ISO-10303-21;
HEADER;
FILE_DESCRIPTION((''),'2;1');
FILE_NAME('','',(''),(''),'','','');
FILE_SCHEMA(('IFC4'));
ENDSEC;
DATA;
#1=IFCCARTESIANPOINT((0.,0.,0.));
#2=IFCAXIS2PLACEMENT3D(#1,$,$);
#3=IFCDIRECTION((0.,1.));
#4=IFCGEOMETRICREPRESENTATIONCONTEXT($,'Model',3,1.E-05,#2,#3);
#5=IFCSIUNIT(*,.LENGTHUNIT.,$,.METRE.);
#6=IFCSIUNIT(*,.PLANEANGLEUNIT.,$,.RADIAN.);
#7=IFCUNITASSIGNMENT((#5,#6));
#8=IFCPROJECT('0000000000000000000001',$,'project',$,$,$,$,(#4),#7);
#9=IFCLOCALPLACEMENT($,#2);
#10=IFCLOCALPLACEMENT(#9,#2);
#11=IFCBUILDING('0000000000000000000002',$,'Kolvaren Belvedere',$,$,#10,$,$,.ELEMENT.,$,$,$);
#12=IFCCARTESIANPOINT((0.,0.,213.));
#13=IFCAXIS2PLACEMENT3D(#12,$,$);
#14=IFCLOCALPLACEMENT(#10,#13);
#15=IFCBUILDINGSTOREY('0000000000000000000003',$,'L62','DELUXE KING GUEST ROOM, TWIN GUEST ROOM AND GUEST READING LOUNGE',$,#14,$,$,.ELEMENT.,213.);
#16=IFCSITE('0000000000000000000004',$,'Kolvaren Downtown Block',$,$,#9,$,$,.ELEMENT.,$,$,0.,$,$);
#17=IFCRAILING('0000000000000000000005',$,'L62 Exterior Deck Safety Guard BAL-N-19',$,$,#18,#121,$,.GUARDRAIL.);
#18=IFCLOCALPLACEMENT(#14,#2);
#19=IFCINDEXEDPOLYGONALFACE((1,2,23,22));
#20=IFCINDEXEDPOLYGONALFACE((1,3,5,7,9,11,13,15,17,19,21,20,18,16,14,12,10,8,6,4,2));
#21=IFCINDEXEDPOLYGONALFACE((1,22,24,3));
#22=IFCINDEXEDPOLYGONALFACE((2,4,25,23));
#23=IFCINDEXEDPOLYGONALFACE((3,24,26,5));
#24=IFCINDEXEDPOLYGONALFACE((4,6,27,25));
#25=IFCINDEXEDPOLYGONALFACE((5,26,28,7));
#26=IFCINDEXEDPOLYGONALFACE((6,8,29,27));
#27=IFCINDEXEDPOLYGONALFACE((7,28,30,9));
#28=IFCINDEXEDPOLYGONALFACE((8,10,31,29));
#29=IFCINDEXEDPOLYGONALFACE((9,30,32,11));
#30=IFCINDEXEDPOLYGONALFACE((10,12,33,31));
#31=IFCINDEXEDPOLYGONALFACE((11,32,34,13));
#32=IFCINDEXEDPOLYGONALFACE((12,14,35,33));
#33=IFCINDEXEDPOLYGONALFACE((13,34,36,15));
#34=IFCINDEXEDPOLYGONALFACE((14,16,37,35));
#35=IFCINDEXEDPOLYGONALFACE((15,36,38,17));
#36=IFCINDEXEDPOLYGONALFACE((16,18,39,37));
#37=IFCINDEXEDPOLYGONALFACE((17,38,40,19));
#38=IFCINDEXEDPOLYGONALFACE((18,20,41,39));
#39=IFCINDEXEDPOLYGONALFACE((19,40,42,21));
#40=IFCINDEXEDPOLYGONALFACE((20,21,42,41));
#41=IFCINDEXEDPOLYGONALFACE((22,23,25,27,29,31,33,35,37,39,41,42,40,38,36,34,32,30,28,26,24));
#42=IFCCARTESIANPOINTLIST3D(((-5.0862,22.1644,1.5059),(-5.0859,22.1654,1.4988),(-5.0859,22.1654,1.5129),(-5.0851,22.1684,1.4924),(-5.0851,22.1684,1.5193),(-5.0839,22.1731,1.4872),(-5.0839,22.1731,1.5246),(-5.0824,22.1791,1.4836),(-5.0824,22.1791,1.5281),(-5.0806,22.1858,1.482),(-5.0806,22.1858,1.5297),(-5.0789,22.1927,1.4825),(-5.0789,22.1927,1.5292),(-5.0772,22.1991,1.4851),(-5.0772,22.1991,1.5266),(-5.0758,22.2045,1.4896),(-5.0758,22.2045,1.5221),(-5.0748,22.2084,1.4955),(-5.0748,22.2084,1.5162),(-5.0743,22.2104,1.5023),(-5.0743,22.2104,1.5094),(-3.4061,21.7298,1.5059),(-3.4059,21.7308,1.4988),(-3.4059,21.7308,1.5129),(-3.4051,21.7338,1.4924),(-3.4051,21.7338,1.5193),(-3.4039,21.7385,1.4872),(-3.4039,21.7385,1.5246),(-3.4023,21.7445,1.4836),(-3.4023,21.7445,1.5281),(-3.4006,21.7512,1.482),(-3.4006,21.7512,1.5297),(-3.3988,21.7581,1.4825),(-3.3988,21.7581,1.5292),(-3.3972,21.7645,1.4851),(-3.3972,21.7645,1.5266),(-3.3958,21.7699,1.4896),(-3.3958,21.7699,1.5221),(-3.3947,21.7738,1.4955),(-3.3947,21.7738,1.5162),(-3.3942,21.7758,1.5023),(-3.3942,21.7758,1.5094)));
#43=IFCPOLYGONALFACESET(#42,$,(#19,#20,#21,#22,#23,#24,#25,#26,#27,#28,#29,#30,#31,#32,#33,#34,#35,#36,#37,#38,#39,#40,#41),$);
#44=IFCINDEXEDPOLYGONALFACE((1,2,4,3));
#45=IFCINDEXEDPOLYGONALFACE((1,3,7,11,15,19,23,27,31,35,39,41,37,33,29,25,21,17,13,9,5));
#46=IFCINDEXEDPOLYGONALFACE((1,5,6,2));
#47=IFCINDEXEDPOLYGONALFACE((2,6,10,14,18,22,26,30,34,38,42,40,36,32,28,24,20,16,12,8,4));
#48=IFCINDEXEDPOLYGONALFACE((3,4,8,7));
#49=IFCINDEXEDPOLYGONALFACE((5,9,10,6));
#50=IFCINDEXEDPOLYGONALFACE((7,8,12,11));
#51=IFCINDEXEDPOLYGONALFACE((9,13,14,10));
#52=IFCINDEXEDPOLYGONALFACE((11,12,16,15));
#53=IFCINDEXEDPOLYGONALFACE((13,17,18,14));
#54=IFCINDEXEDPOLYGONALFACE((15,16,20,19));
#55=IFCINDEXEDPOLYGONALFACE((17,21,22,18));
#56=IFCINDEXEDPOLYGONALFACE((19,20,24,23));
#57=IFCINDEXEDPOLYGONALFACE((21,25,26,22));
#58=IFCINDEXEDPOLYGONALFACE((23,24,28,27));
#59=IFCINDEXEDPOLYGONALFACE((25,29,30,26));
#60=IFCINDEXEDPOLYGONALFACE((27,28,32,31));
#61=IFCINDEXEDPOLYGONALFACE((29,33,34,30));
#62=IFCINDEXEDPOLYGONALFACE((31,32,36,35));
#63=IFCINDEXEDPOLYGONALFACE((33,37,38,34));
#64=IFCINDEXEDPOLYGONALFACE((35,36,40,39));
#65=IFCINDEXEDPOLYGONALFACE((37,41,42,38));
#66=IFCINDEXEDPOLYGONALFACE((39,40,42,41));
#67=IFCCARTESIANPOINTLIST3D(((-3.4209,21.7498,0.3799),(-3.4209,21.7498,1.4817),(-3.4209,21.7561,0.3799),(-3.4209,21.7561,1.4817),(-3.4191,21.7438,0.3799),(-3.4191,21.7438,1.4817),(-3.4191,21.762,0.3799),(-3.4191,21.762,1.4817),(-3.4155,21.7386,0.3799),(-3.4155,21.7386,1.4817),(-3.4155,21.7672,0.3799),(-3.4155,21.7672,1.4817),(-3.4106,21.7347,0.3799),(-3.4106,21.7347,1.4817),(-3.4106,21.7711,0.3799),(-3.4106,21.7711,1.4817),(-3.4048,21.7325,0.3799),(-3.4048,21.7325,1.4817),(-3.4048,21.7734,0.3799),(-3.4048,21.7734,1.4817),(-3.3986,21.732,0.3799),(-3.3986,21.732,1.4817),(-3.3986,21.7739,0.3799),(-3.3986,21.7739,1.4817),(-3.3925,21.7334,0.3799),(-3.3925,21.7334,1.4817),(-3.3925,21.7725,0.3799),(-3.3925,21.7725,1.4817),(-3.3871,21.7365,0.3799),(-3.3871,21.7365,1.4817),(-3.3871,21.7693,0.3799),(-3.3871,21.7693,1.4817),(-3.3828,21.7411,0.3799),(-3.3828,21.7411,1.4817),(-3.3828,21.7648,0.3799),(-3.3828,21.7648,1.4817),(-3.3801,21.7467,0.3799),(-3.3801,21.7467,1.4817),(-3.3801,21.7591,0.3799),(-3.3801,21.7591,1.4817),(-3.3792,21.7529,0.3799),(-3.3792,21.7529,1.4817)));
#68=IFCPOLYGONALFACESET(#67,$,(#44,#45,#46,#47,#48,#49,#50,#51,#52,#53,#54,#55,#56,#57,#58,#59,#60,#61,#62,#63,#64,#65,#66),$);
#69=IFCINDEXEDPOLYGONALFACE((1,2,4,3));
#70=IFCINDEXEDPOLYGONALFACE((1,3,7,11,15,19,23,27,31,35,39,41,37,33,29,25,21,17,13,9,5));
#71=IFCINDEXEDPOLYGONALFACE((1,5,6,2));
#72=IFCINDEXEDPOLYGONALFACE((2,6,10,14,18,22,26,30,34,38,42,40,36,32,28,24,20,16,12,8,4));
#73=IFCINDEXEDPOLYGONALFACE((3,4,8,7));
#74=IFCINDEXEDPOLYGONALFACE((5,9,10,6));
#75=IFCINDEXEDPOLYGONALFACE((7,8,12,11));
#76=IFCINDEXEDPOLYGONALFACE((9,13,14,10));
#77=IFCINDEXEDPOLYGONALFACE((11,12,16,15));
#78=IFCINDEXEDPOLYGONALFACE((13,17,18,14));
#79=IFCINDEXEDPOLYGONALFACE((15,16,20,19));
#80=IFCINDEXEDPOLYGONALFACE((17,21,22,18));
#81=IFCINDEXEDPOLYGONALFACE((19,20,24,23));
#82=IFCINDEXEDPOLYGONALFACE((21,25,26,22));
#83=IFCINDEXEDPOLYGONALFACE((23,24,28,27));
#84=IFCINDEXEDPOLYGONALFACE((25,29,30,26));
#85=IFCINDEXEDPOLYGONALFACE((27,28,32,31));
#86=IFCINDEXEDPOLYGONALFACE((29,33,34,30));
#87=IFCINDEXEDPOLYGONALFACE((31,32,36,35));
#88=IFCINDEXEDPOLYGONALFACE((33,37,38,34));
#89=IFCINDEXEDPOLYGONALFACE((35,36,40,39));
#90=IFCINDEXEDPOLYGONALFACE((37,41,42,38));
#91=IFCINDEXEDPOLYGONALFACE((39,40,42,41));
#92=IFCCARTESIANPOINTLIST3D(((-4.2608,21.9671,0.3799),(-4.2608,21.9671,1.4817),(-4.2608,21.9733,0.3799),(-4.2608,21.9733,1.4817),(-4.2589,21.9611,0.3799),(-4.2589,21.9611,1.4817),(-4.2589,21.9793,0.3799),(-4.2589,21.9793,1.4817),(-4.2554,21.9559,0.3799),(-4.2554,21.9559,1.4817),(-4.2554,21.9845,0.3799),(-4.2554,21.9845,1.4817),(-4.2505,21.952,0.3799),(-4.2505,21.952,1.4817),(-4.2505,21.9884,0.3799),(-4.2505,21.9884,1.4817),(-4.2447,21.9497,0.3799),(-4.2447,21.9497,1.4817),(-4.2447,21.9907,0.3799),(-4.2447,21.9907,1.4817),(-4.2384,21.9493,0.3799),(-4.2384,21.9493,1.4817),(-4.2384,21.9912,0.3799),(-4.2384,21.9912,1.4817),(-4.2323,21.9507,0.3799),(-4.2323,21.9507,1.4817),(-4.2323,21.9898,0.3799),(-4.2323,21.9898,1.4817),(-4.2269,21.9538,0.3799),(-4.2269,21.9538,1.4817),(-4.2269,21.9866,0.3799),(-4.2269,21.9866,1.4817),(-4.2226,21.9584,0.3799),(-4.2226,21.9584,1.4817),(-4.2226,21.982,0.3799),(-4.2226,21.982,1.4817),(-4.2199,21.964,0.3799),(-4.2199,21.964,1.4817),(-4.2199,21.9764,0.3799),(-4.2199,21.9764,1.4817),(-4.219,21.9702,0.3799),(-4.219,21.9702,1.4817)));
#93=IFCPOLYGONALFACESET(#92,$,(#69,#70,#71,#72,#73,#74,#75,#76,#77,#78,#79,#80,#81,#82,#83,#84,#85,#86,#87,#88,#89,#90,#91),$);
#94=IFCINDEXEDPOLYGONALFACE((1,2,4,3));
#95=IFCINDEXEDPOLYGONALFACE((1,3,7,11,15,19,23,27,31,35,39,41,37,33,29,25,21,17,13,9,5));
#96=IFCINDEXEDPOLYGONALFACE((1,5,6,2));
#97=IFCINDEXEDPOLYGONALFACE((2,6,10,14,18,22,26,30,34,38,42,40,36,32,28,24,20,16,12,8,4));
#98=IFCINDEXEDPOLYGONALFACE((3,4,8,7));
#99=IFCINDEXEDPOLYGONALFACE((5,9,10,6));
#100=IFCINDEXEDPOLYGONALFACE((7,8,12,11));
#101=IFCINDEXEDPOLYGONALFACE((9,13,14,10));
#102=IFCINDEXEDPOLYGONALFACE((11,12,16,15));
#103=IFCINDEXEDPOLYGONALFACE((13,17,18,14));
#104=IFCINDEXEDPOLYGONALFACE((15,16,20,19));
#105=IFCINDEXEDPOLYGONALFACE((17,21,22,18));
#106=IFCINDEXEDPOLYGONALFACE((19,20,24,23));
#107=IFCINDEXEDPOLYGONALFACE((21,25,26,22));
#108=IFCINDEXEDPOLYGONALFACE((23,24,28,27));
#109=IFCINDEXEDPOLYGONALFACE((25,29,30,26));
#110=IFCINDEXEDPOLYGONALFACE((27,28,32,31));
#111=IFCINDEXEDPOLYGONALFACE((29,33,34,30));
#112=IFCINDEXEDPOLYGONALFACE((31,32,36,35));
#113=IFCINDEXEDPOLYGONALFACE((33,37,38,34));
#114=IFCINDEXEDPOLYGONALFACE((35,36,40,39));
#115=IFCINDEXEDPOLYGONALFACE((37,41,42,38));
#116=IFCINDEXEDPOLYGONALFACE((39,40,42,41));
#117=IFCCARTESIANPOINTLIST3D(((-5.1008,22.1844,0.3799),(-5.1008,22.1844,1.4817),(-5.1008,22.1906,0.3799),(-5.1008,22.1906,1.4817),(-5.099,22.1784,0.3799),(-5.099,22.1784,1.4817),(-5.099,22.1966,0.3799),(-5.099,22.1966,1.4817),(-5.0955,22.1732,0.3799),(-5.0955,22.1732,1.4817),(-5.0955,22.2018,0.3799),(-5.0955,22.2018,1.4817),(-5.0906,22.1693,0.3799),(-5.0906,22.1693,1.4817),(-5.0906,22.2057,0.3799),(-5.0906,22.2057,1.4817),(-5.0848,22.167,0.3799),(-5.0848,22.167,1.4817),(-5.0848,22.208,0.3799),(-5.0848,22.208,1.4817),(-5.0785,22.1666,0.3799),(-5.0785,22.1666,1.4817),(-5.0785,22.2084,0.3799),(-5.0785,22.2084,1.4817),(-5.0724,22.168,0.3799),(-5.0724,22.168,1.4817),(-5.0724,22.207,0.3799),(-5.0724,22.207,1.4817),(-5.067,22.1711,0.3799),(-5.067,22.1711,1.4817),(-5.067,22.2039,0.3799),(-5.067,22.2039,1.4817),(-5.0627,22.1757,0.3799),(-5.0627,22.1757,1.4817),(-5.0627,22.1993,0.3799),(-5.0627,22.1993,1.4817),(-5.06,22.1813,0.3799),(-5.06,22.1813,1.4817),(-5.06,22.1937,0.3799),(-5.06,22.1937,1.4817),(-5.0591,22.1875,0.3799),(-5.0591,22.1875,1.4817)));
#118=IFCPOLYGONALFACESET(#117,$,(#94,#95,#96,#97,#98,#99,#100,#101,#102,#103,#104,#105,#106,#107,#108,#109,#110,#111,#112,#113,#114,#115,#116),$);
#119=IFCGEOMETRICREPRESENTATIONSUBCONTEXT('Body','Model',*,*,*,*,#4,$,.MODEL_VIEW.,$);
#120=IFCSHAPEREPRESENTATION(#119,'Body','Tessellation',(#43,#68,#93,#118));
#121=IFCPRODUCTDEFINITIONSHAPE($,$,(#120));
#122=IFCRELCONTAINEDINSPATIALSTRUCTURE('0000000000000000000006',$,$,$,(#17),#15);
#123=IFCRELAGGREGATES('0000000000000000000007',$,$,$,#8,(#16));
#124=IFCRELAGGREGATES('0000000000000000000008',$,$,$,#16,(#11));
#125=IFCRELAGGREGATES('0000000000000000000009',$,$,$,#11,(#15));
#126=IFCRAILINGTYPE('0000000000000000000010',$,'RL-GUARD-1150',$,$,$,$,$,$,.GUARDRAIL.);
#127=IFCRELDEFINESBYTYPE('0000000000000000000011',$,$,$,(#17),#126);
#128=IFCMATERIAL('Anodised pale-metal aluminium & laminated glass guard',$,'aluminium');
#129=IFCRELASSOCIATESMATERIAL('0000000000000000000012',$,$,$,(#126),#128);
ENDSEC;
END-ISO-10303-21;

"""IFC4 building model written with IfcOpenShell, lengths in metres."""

from ifc_helpers import new_model, si_unit, direction, frame, origin, origin_2d, place, context, subcontext, project, spatial, circle, extrude, material, type_object, element, save


model = new_model("IFC4")

# Units and contexts
model_context = context("Model", 3, precision=1e-05, world=origin(), true_north=direction((0.0, 1.0)))
body_context = subcontext(model_context, "Body", "Model", "MODEL_VIEW")
ifc_project = project(units=[si_unit("LENGTHUNIT", "METRE"), si_unit("PLANEANGLEUNIT", "RADIAN")], contexts=[model_context])

# Site, building, storey
site_placement = place(None, origin())
site = spatial("IfcSite", under=ifc_project, at=site_placement, Name="Kolvaren Downtown Block", CompositionType="ELEMENT", RefElevation=0.0)
building_placement = place(site_placement, origin())
building = spatial("IfcBuilding", under=site, at=building_placement, Name="Kolvaren Belvedere", CompositionType="ELEMENT")
storey_placement = place(building_placement, frame((0.0, 0.0, 213.0)))
storey = spatial("IfcBuildingStorey", under=building, at=storey_placement, Name="L62", Description="DELUXE KING GUEST ROOM, TWIN GUEST ROOM AND GUEST READING LOUNGE", CompositionType="ELEMENT", Elevation=213.0)

# Railing
ifc_material_1 = material(Name="Anodised pale-metal aluminium & laminated glass guard", Category="aluminium")
railing_type = type_object("IfcRailingType", Name="RL-GUARD-1150", PredefinedType="GUARDRAIL", material=ifc_material_1)
railing_1_placement = place(storey_placement, frame((-3.4001, 21.7529, 0.3799)))
element("IfcRailing", 1, at=railing_1_placement, inside=storey, type_object=railing_type, Name="L62 Exterior Deck Safety Guard BAL-N-19", PredefinedType="GUARDRAIL", context=body_context, shape_type="SweptSolid", body=[
    extrude(circle(Radius=0.0239, at=origin_2d()), frame((0.0, 0.0, 1.126), z_axis=(-0.968132, 0.25044, 0.0), x_axis=(-0.25044, -0.968132, 0.0)), (0.0, 0.0, 1.0), 1.7354),
    extrude(circle(Radius=0.021, at=origin_2d()), origin(), (0.0, 0.0, 1.0), 1.1018),
    extrude(circle(Radius=0.021, at=origin_2d()), frame((-0.8398, 0.2173, 0.0)), (0.0, 0.0, 1.0), 1.1018),
    extrude(circle(Radius=0.021, at=origin_2d()), frame((-1.6799, 0.4346, 0.0)), (0.0, 0.0, 1.0), 1.1018),
])

save(model, "model.ifc")
